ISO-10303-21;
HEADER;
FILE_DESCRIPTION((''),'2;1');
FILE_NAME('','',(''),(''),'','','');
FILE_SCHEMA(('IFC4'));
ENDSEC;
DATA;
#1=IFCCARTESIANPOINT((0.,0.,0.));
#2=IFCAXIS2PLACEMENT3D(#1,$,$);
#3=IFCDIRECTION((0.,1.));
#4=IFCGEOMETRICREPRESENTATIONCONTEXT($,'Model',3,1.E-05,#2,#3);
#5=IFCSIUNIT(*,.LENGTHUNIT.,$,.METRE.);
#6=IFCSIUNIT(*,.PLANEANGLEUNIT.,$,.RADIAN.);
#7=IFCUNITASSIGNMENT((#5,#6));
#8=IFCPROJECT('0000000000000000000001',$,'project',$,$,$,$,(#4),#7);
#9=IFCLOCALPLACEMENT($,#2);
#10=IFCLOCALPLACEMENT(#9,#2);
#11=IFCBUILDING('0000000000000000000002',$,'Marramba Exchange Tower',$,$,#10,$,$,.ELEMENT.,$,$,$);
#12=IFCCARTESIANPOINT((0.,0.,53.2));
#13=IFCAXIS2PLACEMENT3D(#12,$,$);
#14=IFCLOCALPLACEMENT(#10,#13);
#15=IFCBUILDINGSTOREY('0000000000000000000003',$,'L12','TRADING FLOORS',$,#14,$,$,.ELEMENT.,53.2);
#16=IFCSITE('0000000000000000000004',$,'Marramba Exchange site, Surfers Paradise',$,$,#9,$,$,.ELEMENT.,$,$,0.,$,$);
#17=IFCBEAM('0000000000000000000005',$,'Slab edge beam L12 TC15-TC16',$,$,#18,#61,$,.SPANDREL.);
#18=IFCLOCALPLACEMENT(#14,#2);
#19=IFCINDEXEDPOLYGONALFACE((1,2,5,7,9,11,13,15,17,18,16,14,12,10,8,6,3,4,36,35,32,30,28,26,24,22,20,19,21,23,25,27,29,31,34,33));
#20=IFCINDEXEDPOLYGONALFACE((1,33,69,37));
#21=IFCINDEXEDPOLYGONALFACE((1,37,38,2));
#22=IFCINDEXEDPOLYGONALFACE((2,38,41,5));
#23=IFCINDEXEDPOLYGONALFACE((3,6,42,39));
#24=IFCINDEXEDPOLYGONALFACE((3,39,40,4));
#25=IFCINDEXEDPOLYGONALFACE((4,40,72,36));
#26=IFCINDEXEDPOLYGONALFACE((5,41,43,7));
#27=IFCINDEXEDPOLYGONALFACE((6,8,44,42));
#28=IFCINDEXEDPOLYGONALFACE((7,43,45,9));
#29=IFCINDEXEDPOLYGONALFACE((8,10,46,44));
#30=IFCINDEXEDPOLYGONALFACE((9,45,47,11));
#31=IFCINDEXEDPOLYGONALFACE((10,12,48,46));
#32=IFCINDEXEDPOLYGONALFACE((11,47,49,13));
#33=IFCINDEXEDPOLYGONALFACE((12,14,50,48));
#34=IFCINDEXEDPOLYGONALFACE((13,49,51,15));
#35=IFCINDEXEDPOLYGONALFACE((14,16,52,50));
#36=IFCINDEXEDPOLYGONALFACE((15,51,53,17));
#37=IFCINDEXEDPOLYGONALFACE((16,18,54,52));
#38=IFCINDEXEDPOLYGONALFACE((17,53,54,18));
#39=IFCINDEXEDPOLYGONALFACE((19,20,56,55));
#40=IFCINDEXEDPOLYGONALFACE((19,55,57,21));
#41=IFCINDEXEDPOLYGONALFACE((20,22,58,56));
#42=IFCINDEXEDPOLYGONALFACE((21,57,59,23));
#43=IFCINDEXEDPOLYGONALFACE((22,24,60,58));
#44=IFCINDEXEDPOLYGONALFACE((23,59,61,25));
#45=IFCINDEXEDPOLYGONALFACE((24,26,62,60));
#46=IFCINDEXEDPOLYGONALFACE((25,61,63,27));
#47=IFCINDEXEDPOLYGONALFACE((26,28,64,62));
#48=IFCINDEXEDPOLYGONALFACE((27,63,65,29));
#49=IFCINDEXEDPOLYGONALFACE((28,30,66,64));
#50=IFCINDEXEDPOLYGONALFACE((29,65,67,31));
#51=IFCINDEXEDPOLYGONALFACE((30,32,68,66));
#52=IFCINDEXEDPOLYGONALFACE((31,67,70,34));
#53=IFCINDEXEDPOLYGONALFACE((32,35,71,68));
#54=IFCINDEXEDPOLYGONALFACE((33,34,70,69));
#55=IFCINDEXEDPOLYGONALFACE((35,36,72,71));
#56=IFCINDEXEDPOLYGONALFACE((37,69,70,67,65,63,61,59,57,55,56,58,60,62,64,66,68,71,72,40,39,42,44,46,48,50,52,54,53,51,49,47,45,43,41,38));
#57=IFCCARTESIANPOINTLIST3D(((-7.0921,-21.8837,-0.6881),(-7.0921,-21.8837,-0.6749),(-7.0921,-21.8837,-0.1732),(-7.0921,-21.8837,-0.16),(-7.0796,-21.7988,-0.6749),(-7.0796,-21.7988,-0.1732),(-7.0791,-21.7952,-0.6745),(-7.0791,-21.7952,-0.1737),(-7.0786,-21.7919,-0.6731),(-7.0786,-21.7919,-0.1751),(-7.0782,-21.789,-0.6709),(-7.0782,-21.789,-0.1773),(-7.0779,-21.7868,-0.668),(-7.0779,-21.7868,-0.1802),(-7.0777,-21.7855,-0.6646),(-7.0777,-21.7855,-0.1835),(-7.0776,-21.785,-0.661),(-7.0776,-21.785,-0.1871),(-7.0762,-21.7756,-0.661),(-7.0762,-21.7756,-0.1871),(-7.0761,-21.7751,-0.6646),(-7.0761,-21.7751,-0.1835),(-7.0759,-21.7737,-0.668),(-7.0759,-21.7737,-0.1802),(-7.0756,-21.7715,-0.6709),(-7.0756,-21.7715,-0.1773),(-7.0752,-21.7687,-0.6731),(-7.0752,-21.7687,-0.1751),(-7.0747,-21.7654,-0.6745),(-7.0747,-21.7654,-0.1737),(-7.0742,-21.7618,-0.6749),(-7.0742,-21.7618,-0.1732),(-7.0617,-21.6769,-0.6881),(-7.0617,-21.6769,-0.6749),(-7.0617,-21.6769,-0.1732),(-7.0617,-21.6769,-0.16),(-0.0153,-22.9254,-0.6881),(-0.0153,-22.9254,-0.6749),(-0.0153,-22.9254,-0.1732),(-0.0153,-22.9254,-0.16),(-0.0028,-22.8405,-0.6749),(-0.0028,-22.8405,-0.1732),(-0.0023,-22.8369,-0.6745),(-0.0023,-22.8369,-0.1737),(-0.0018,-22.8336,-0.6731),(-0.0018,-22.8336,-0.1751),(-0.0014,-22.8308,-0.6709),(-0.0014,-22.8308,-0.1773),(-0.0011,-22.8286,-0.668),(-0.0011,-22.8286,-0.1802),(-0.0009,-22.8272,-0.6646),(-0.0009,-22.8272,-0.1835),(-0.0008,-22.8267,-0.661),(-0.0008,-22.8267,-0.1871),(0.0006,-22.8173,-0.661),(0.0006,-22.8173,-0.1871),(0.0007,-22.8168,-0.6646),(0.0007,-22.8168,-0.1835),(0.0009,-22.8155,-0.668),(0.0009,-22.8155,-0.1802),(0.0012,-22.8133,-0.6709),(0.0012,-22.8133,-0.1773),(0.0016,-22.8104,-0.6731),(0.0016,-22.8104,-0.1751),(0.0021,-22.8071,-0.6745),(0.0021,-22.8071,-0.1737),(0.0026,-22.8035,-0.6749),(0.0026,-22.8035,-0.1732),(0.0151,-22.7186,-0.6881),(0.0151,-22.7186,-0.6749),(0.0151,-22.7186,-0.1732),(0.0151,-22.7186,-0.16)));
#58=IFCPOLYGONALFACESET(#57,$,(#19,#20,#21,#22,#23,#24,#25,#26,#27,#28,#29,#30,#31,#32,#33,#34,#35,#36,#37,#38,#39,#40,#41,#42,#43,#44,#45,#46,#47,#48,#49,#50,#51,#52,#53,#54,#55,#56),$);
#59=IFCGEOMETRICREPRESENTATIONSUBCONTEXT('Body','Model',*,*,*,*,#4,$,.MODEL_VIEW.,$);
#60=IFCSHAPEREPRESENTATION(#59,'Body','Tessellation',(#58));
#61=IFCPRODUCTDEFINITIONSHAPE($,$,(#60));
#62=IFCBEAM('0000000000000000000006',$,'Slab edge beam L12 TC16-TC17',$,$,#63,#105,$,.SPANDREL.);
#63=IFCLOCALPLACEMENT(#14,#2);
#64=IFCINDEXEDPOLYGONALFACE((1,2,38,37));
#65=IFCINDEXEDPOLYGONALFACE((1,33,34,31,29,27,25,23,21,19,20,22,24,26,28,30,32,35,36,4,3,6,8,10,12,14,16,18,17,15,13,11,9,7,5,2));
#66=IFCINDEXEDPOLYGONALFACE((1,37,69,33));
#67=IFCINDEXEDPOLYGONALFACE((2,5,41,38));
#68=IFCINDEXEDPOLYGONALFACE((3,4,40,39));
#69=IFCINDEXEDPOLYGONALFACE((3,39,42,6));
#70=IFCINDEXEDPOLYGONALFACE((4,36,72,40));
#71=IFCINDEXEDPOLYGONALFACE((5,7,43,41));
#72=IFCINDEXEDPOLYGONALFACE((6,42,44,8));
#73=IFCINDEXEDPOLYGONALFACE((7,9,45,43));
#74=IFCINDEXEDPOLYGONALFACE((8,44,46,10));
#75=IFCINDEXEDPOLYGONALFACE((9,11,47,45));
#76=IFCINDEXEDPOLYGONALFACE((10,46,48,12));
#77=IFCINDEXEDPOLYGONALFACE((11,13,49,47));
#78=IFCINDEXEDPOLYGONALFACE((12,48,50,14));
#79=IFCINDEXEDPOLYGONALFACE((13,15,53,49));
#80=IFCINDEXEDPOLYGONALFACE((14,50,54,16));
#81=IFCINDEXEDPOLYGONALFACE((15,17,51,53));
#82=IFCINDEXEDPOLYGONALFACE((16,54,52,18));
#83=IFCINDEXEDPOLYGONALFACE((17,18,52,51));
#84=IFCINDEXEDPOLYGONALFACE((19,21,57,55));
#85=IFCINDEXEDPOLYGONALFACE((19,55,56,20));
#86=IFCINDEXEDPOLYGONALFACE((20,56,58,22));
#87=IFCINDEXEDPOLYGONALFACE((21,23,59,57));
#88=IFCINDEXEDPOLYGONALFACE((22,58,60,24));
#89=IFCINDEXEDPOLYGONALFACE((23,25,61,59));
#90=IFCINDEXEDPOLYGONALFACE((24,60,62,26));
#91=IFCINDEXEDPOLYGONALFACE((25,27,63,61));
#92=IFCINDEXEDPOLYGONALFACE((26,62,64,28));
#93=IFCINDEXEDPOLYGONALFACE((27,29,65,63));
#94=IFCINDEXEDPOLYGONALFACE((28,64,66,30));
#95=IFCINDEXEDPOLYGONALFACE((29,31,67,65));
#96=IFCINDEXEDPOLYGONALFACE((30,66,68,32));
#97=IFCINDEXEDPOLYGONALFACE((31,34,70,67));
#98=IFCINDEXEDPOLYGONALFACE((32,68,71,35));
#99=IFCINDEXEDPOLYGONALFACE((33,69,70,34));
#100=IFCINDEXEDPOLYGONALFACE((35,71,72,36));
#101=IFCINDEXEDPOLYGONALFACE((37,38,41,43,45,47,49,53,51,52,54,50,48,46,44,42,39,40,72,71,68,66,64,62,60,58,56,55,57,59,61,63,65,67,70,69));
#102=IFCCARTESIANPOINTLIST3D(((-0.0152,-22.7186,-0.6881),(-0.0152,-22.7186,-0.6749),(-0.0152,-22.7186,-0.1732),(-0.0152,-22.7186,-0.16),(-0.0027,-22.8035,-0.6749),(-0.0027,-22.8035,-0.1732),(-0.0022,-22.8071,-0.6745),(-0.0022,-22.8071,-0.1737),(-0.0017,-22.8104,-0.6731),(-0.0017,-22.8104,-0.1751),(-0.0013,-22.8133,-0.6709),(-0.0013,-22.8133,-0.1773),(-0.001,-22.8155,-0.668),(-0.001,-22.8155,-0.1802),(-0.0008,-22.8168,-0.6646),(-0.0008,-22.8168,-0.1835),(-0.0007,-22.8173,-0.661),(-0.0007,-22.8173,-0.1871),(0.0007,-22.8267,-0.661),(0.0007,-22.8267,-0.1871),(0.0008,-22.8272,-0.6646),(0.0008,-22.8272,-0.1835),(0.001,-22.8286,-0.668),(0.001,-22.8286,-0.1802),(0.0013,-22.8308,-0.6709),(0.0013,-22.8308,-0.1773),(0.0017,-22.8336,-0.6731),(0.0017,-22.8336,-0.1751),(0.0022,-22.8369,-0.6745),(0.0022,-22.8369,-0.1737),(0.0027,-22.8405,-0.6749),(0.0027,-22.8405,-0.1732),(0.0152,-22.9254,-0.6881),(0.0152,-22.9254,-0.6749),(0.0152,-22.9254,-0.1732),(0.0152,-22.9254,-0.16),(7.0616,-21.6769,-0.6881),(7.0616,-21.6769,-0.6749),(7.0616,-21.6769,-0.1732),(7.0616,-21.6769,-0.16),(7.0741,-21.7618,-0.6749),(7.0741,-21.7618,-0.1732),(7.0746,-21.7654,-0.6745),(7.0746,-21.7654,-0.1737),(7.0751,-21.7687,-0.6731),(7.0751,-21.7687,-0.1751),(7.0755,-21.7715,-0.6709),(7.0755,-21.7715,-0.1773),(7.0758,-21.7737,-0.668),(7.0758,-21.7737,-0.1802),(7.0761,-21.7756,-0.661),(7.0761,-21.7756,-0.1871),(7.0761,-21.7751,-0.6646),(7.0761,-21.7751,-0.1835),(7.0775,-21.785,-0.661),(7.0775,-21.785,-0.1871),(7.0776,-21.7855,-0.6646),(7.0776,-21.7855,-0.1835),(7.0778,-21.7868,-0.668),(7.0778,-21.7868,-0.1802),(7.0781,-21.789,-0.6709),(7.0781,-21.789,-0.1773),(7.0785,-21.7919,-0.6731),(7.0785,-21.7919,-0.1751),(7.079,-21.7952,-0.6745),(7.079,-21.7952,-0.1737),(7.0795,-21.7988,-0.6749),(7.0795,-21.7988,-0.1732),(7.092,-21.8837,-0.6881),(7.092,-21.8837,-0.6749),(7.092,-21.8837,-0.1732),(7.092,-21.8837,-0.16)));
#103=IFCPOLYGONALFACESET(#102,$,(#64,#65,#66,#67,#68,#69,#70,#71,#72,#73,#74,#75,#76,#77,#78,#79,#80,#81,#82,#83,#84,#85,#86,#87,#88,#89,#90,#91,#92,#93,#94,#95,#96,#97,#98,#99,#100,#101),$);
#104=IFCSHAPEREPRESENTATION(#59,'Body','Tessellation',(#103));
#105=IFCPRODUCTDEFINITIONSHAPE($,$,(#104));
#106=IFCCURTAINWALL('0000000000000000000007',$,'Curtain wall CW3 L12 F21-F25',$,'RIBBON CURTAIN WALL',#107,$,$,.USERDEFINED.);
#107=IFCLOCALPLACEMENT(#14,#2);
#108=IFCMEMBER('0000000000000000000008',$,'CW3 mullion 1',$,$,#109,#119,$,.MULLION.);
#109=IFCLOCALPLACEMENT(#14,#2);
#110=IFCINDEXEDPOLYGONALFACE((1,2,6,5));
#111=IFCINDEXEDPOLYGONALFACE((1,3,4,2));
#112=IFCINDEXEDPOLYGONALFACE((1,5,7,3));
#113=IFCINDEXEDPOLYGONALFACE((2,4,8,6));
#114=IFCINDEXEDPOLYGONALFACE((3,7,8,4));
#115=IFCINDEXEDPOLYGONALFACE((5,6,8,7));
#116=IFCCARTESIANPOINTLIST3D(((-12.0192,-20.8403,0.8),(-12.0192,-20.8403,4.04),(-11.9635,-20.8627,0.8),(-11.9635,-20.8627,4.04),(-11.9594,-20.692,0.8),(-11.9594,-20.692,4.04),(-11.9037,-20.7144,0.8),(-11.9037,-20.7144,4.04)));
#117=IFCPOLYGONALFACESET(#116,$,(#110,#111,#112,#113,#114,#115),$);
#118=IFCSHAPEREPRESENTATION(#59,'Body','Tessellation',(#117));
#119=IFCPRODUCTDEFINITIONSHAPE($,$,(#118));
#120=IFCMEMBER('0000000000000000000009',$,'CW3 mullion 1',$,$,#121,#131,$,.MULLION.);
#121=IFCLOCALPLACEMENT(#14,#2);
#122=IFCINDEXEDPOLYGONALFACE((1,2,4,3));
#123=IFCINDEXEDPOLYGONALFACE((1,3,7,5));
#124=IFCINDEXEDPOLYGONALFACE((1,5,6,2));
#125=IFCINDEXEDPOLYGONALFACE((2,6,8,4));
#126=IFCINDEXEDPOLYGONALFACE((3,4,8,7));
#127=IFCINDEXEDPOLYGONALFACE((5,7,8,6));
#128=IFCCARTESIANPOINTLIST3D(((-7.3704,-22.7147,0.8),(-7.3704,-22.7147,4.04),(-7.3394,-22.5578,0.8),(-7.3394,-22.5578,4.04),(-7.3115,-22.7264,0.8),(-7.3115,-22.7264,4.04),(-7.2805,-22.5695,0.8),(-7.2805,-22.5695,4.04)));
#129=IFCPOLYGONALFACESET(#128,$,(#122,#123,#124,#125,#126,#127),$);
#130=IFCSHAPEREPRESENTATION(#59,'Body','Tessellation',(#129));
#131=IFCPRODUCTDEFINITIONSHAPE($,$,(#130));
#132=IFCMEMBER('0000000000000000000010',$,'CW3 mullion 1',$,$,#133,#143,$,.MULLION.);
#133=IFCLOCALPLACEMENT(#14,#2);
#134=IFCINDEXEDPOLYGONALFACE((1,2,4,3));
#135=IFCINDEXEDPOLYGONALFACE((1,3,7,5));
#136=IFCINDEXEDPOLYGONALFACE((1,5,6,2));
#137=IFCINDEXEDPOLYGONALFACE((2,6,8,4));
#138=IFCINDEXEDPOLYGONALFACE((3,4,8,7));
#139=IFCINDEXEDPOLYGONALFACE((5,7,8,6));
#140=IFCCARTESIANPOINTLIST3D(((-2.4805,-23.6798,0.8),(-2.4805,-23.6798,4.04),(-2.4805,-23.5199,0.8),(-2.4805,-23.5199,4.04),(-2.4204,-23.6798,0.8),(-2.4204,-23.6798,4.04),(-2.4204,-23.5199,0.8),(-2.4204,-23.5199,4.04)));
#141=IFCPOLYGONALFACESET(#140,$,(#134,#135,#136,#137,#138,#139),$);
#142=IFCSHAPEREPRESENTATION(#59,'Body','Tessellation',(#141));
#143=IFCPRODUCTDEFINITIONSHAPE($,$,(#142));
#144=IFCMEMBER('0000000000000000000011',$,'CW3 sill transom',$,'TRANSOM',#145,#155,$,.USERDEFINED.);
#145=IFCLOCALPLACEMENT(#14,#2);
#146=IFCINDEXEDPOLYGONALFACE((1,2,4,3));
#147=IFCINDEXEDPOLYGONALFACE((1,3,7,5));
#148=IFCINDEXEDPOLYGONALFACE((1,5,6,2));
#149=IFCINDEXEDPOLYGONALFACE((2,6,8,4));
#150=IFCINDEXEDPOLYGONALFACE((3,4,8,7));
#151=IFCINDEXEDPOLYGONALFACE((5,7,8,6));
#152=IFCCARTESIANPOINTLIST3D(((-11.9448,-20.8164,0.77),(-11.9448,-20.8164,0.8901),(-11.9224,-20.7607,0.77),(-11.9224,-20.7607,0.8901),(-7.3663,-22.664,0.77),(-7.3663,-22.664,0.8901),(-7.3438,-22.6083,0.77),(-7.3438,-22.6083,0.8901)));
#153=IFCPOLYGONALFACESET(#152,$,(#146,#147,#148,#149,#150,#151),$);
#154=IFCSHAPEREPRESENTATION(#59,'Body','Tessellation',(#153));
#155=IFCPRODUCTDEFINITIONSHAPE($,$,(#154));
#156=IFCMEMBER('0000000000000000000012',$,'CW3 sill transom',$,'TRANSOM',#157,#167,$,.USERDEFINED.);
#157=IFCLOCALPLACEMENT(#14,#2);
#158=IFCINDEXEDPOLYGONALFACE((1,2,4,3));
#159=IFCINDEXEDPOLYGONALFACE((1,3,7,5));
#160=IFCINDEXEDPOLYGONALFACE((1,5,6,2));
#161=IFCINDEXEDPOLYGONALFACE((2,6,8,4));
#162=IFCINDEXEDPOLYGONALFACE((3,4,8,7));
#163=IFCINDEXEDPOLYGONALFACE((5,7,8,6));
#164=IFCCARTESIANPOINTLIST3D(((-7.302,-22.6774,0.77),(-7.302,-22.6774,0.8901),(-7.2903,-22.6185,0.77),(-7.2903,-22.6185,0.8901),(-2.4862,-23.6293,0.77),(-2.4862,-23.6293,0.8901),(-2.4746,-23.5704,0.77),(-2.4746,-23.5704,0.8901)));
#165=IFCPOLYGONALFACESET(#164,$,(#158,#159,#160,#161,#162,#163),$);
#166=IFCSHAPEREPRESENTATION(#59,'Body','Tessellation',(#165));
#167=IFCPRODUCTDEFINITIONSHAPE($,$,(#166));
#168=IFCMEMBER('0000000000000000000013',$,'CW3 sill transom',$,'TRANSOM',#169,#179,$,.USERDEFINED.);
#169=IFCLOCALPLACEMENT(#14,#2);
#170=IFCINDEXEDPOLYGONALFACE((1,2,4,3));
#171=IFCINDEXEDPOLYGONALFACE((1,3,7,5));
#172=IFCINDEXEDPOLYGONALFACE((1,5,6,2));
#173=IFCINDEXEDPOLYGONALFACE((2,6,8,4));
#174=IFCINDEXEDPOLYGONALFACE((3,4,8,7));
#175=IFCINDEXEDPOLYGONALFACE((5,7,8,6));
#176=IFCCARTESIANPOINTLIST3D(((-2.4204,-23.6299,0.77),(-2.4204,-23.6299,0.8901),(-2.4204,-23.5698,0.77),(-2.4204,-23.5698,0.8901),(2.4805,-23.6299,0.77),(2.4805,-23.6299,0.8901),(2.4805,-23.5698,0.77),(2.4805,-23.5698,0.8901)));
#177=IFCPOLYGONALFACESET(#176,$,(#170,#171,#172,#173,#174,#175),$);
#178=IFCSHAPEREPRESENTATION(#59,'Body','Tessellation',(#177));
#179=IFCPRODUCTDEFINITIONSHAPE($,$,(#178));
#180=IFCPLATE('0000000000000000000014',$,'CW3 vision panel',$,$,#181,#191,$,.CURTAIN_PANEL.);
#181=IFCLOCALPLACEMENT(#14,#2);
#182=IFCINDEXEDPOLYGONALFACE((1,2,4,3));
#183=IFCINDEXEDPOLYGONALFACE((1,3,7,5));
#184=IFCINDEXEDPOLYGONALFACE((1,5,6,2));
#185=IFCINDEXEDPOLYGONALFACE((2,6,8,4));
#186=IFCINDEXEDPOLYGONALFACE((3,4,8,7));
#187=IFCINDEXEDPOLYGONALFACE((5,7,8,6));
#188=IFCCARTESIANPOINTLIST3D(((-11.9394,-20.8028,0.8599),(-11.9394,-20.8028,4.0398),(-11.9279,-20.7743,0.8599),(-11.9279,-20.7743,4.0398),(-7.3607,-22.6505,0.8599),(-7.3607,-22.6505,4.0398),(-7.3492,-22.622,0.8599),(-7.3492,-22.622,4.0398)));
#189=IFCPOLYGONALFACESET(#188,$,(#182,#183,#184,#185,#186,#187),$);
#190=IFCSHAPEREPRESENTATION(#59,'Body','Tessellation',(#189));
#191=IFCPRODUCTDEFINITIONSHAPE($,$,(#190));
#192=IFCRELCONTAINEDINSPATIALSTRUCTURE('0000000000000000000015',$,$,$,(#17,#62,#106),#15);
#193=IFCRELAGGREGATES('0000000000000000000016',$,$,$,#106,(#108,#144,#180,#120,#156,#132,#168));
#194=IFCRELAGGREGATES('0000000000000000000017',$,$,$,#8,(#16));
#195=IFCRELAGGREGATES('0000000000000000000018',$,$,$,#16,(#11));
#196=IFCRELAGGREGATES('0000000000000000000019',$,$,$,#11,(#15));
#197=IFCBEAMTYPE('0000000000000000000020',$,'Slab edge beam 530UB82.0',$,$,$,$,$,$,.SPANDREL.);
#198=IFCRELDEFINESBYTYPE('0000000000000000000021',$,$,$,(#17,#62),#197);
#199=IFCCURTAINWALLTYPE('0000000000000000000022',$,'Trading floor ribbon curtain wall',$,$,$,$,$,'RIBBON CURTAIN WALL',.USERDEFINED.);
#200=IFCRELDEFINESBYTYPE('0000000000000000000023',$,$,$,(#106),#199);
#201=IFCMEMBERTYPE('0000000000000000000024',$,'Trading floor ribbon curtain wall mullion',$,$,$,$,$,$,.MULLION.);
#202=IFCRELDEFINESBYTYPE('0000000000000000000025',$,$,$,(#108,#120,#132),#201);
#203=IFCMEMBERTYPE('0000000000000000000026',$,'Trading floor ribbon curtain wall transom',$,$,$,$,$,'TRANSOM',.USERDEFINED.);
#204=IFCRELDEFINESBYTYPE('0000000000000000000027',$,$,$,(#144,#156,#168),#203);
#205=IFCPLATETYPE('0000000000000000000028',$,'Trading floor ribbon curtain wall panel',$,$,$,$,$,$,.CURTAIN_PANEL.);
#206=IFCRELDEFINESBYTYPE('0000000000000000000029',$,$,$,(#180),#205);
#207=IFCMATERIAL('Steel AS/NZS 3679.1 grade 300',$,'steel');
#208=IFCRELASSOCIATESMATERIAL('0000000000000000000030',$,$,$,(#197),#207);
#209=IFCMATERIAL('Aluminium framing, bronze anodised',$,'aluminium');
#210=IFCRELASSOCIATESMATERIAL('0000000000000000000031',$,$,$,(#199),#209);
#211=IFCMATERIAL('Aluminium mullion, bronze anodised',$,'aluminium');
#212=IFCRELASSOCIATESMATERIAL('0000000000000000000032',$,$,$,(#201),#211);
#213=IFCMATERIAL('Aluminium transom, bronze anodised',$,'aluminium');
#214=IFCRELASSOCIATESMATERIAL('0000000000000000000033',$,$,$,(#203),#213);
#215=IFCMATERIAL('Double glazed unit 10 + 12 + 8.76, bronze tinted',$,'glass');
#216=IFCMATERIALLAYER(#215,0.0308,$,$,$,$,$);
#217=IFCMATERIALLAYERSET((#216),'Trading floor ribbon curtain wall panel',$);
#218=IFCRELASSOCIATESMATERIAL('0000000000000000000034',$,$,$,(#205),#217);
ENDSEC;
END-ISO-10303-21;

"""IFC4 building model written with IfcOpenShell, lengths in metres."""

from ifc_helpers import new_model, si_unit, direction, frame, origin, origin_2d, place, context, subcontext, project, spatial, rectangle, i_section, extrude, material, layer, layer_set, material_profile, profile_set, type_object, element, aggregate, save


model = new_model("IFC4")

# Units and contexts
model_context = context("Model", 3, precision=1e-05, world=origin(), true_north=direction((0.0, 1.0)))
body_context = subcontext(model_context, "Body", "Model", "MODEL_VIEW")
ifc_project = project(units=[si_unit("LENGTHUNIT", "METRE"), si_unit("PLANEANGLEUNIT", "RADIAN")], contexts=[model_context])

# Site, building, storey
site_placement = place(None, origin())
site = spatial("IfcSite", under=ifc_project, at=site_placement, Name="Marramba Exchange site, Surfers Paradise", CompositionType="ELEMENT", RefElevation=0.0)
building_placement = place(site_placement, origin())
building = spatial("IfcBuilding", under=site, at=building_placement, Name="Marramba Exchange Tower", CompositionType="ELEMENT")
storey_placement = place(building_placement, frame((0.0, 0.0, 53.2)))
storey = spatial("IfcBuildingStorey", under=building, at=storey_placement, Name="L12", Description="TRADING FLOORS", CompositionType="ELEMENT", Elevation=53.2)

# Beams
ifc_material_1 = material(Name="Steel AS/NZS 3679.1 grade 300", Category="steel")
ifc_material_profile_1 = material_profile(ifc_material_1, i_section(OverallWidth=0.209, OverallDepth=0.5281, WebThickness=0.0095, FlangeThickness=0.0132, FilletRadius=0.0139, at=origin_2d()), Name="530UB82.0")
ifc_profile_set_1 = profile_set([ifc_material_profile_1], Name="Steel AS/NZS 3679.1 grade 300")
beam_type_1 = type_object("IfcBeamType", Name="Slab edge beam 530UB82.0", PredefinedType="SPANDREL", material=ifc_profile_set_1)
for number, where, z_axis, x_axis, name in (
    (1, (-7.0769, -21.7803, -0.4241), (0.989338, -0.145634, 0.0), (0.145634, 0.989338, 0.0), "Slab edge beam L12 TC15-TC16"),
    (2, (0.0, -22.822, -0.4241), (0.989338, 0.145634, 0.0), (-0.145634, 0.989338, 0.0), "Slab edge beam L12 TC16-TC17"),
):
    element("IfcBeam", number, at=place(storey_placement, frame(where, z_axis=z_axis, x_axis=x_axis)), inside=storey, type_object=beam_type_1, Name=name, PredefinedType="SPANDREL", context=body_context, shape_type="SweptSolid", body=[
        extrude(i_section(OverallWidth=0.209, OverallDepth=0.5281, WebThickness=0.0095, FlangeThickness=0.0132, FilletRadius=0.0139, at=origin_2d()), origin(), (0.0, 0.0, 1.0), 7.1531),
    ])

# Curtain wall, members, plate
ifc_material_2 = material(Name="Aluminium framing, bronze anodised", Category="aluminium")
curtain_wall_type = type_object("IfcCurtainWallType", Name="Trading floor ribbon curtain wall", ElementType="RIBBON CURTAIN WALL", PredefinedType="USERDEFINED", material=ifc_material_2)
curtain_wall_placement = place(storey_placement, origin())
curtain_wall = element("IfcCurtainWall", 3, at=curtain_wall_placement, inside=storey, type_object=curtain_wall_type, Name="Curtain wall CW3 L12 F21-F25", ObjectType="RIBBON CURTAIN WALL", PredefinedType="USERDEFINED")
ifc_material_3 = material(Name="Aluminium mullion, bronze anodised", Category="aluminium")
ifc_material_profile_2 = material_profile(ifc_material_3, rectangle(XDim=0.1599, YDim=0.0601, at=origin_2d()), Name="CW3 mullion 60x160")
ifc_profile_set_2 = profile_set([ifc_material_profile_2], Name="Aluminium mullion, bronze anodised")
member_type_1 = type_object("IfcMemberType", Name="Trading floor ribbon curtain wall mullion", PredefinedType="MULLION", material=ifc_profile_set_2)
member_1_placement = place(storey_placement, frame((-11.9614, -20.7773, 0.8), z_axis=(0.0, 0.0, 1.0), x_axis=(0.374218, 0.927341, 0.0)))
member_1 = element("IfcMember", 4, at=member_1_placement, type_object=member_type_1, Name="CW3 mullion 1", PredefinedType="MULLION", context=body_context, shape_type="SweptSolid", body=[
    extrude(rectangle(XDim=0.1599, YDim=0.0601, at=origin_2d()), origin(), (0.0, 0.0, 1.0), 3.24),
])
member_2_placement = place(storey_placement, frame((-7.3254, -22.6421, 0.8), z_axis=(0.0, 0.0, 1.0), x_axis=(0.193961, 0.981009, 0.0)))
member_2 = element("IfcMember", 5, at=member_2_placement, type_object=member_type_1, Name="CW3 mullion 1", PredefinedType="MULLION", context=body_context, shape_type="SweptSolid", body=[
    extrude(rectangle(XDim=0.1599, YDim=0.0601, at=origin_2d()), origin(), (0.0, 0.0, 1.0), 3.24),
])
member_3_placement = place(storey_placement, frame((-2.4504, -23.5999, 0.8), z_axis=(0.0, 0.0, 1.0), x_axis=(0.0, 1.0, 0.0)))
member_3 = element("IfcMember", 6, at=member_3_placement, type_object=member_type_1, Name="CW3 mullion 1", PredefinedType="MULLION", context=body_context, shape_type="SweptSolid", body=[
    extrude(rectangle(XDim=0.1599, YDim=0.0601, at=origin_2d()), origin(), (0.0, 0.0, 1.0), 3.24),
])
ifc_material_4 = material(Name="Aluminium transom, bronze anodised", Category="aluminium")
ifc_material_profile_3 = material_profile(ifc_material_4, rectangle(XDim=0.0601, YDim=0.1201, at=origin_2d()), Name="CW3 transom 60x120")
ifc_profile_set_3 = profile_set([ifc_material_profile_3], Name="Aluminium transom, bronze anodised")
member_type_2 = type_object("IfcMemberType", Name="Trading floor ribbon curtain wall transom", ElementType="TRANSOM", PredefinedType="USERDEFINED", material=ifc_profile_set_3)
member_4_placement = place(storey_placement, frame((-11.9336, -20.7886, 0.8301), z_axis=(0.92734, -0.374219, 0.0), x_axis=(0.374219, 0.92734, 0.0)))
member_4 = element("IfcMember", 7, at=member_4_placement, type_object=member_type_2, Name="CW3 sill transom", ObjectType="TRANSOM", PredefinedType="USERDEFINED", context=body_context, shape_type="SweptSolid", body=[
    extrude(rectangle(XDim=0.0601, YDim=0.1201, at=origin_2d()), origin(), (0.0, 0.0, 1.0), 4.9373),
])
member_5_placement = place(storey_placement, frame((-7.2961, -22.6479, 0.8301), z_axis=(0.981018, -0.193916, 0.0), x_axis=(0.193916, 0.981018, 0.0)))
member_5 = element("IfcMember", 8, at=member_5_placement, type_object=member_type_2, Name="CW3 sill transom", ObjectType="TRANSOM", PredefinedType="USERDEFINED", context=body_context, shape_type="SweptSolid", body=[
    extrude(rectangle(XDim=0.0601, YDim=0.1201, at=origin_2d()), origin(), (0.0, 0.0, 1.0), 4.9089),
])
member_6_placement = place(storey_placement, frame((-2.4204, -23.5999, 0.8301), z_axis=(1.0, 0.0, 0.0), x_axis=(0.0, 1.0, 0.0)))
member_6 = element("IfcMember", 9, at=member_6_placement, type_object=member_type_2, Name="CW3 sill transom", ObjectType="TRANSOM", PredefinedType="USERDEFINED", context=body_context, shape_type="SweptSolid", body=[
    extrude(rectangle(XDim=0.0601, YDim=0.1201, at=origin_2d()), origin(), (0.0, 0.0, 1.0), 4.9009),
])
ifc_material_5 = material(Name="Double glazed unit 10 + 12 + 8.76, bronze tinted", Category="glass")
ifc_layer_1 = layer(ifc_material_5, 0.0308)
ifc_layer_set_1 = layer_set([ifc_layer_1], Name="Trading floor ribbon curtain wall panel")
plate_type = type_object("IfcPlateType", Name="Trading floor ribbon curtain wall panel", PredefinedType="CURTAIN_PANEL", material=ifc_layer_set_1)
plate_1_placement = place(storey_placement, frame((-9.6443, -21.7124, 0.8599), z_axis=(0.0, 0.0, 1.0), x_axis=(0.927341, -0.374218, 0.0)))
plate_1 = element("IfcPlate", 10, at=plate_1_placement, type_object=plate_type, Name="CW3 vision panel", PredefinedType="CURTAIN_PANEL", context=body_context, shape_type="SweptSolid", body=[
    extrude(rectangle(XDim=4.9375, YDim=0.0308, at=origin_2d()), origin(), (0.0, 0.0, 1.0), 3.1799),
])
aggregate(curtain_wall, [member_1, member_4, plate_1, member_2, member_5, member_3, member_6])

save(model, "model.ifc")
